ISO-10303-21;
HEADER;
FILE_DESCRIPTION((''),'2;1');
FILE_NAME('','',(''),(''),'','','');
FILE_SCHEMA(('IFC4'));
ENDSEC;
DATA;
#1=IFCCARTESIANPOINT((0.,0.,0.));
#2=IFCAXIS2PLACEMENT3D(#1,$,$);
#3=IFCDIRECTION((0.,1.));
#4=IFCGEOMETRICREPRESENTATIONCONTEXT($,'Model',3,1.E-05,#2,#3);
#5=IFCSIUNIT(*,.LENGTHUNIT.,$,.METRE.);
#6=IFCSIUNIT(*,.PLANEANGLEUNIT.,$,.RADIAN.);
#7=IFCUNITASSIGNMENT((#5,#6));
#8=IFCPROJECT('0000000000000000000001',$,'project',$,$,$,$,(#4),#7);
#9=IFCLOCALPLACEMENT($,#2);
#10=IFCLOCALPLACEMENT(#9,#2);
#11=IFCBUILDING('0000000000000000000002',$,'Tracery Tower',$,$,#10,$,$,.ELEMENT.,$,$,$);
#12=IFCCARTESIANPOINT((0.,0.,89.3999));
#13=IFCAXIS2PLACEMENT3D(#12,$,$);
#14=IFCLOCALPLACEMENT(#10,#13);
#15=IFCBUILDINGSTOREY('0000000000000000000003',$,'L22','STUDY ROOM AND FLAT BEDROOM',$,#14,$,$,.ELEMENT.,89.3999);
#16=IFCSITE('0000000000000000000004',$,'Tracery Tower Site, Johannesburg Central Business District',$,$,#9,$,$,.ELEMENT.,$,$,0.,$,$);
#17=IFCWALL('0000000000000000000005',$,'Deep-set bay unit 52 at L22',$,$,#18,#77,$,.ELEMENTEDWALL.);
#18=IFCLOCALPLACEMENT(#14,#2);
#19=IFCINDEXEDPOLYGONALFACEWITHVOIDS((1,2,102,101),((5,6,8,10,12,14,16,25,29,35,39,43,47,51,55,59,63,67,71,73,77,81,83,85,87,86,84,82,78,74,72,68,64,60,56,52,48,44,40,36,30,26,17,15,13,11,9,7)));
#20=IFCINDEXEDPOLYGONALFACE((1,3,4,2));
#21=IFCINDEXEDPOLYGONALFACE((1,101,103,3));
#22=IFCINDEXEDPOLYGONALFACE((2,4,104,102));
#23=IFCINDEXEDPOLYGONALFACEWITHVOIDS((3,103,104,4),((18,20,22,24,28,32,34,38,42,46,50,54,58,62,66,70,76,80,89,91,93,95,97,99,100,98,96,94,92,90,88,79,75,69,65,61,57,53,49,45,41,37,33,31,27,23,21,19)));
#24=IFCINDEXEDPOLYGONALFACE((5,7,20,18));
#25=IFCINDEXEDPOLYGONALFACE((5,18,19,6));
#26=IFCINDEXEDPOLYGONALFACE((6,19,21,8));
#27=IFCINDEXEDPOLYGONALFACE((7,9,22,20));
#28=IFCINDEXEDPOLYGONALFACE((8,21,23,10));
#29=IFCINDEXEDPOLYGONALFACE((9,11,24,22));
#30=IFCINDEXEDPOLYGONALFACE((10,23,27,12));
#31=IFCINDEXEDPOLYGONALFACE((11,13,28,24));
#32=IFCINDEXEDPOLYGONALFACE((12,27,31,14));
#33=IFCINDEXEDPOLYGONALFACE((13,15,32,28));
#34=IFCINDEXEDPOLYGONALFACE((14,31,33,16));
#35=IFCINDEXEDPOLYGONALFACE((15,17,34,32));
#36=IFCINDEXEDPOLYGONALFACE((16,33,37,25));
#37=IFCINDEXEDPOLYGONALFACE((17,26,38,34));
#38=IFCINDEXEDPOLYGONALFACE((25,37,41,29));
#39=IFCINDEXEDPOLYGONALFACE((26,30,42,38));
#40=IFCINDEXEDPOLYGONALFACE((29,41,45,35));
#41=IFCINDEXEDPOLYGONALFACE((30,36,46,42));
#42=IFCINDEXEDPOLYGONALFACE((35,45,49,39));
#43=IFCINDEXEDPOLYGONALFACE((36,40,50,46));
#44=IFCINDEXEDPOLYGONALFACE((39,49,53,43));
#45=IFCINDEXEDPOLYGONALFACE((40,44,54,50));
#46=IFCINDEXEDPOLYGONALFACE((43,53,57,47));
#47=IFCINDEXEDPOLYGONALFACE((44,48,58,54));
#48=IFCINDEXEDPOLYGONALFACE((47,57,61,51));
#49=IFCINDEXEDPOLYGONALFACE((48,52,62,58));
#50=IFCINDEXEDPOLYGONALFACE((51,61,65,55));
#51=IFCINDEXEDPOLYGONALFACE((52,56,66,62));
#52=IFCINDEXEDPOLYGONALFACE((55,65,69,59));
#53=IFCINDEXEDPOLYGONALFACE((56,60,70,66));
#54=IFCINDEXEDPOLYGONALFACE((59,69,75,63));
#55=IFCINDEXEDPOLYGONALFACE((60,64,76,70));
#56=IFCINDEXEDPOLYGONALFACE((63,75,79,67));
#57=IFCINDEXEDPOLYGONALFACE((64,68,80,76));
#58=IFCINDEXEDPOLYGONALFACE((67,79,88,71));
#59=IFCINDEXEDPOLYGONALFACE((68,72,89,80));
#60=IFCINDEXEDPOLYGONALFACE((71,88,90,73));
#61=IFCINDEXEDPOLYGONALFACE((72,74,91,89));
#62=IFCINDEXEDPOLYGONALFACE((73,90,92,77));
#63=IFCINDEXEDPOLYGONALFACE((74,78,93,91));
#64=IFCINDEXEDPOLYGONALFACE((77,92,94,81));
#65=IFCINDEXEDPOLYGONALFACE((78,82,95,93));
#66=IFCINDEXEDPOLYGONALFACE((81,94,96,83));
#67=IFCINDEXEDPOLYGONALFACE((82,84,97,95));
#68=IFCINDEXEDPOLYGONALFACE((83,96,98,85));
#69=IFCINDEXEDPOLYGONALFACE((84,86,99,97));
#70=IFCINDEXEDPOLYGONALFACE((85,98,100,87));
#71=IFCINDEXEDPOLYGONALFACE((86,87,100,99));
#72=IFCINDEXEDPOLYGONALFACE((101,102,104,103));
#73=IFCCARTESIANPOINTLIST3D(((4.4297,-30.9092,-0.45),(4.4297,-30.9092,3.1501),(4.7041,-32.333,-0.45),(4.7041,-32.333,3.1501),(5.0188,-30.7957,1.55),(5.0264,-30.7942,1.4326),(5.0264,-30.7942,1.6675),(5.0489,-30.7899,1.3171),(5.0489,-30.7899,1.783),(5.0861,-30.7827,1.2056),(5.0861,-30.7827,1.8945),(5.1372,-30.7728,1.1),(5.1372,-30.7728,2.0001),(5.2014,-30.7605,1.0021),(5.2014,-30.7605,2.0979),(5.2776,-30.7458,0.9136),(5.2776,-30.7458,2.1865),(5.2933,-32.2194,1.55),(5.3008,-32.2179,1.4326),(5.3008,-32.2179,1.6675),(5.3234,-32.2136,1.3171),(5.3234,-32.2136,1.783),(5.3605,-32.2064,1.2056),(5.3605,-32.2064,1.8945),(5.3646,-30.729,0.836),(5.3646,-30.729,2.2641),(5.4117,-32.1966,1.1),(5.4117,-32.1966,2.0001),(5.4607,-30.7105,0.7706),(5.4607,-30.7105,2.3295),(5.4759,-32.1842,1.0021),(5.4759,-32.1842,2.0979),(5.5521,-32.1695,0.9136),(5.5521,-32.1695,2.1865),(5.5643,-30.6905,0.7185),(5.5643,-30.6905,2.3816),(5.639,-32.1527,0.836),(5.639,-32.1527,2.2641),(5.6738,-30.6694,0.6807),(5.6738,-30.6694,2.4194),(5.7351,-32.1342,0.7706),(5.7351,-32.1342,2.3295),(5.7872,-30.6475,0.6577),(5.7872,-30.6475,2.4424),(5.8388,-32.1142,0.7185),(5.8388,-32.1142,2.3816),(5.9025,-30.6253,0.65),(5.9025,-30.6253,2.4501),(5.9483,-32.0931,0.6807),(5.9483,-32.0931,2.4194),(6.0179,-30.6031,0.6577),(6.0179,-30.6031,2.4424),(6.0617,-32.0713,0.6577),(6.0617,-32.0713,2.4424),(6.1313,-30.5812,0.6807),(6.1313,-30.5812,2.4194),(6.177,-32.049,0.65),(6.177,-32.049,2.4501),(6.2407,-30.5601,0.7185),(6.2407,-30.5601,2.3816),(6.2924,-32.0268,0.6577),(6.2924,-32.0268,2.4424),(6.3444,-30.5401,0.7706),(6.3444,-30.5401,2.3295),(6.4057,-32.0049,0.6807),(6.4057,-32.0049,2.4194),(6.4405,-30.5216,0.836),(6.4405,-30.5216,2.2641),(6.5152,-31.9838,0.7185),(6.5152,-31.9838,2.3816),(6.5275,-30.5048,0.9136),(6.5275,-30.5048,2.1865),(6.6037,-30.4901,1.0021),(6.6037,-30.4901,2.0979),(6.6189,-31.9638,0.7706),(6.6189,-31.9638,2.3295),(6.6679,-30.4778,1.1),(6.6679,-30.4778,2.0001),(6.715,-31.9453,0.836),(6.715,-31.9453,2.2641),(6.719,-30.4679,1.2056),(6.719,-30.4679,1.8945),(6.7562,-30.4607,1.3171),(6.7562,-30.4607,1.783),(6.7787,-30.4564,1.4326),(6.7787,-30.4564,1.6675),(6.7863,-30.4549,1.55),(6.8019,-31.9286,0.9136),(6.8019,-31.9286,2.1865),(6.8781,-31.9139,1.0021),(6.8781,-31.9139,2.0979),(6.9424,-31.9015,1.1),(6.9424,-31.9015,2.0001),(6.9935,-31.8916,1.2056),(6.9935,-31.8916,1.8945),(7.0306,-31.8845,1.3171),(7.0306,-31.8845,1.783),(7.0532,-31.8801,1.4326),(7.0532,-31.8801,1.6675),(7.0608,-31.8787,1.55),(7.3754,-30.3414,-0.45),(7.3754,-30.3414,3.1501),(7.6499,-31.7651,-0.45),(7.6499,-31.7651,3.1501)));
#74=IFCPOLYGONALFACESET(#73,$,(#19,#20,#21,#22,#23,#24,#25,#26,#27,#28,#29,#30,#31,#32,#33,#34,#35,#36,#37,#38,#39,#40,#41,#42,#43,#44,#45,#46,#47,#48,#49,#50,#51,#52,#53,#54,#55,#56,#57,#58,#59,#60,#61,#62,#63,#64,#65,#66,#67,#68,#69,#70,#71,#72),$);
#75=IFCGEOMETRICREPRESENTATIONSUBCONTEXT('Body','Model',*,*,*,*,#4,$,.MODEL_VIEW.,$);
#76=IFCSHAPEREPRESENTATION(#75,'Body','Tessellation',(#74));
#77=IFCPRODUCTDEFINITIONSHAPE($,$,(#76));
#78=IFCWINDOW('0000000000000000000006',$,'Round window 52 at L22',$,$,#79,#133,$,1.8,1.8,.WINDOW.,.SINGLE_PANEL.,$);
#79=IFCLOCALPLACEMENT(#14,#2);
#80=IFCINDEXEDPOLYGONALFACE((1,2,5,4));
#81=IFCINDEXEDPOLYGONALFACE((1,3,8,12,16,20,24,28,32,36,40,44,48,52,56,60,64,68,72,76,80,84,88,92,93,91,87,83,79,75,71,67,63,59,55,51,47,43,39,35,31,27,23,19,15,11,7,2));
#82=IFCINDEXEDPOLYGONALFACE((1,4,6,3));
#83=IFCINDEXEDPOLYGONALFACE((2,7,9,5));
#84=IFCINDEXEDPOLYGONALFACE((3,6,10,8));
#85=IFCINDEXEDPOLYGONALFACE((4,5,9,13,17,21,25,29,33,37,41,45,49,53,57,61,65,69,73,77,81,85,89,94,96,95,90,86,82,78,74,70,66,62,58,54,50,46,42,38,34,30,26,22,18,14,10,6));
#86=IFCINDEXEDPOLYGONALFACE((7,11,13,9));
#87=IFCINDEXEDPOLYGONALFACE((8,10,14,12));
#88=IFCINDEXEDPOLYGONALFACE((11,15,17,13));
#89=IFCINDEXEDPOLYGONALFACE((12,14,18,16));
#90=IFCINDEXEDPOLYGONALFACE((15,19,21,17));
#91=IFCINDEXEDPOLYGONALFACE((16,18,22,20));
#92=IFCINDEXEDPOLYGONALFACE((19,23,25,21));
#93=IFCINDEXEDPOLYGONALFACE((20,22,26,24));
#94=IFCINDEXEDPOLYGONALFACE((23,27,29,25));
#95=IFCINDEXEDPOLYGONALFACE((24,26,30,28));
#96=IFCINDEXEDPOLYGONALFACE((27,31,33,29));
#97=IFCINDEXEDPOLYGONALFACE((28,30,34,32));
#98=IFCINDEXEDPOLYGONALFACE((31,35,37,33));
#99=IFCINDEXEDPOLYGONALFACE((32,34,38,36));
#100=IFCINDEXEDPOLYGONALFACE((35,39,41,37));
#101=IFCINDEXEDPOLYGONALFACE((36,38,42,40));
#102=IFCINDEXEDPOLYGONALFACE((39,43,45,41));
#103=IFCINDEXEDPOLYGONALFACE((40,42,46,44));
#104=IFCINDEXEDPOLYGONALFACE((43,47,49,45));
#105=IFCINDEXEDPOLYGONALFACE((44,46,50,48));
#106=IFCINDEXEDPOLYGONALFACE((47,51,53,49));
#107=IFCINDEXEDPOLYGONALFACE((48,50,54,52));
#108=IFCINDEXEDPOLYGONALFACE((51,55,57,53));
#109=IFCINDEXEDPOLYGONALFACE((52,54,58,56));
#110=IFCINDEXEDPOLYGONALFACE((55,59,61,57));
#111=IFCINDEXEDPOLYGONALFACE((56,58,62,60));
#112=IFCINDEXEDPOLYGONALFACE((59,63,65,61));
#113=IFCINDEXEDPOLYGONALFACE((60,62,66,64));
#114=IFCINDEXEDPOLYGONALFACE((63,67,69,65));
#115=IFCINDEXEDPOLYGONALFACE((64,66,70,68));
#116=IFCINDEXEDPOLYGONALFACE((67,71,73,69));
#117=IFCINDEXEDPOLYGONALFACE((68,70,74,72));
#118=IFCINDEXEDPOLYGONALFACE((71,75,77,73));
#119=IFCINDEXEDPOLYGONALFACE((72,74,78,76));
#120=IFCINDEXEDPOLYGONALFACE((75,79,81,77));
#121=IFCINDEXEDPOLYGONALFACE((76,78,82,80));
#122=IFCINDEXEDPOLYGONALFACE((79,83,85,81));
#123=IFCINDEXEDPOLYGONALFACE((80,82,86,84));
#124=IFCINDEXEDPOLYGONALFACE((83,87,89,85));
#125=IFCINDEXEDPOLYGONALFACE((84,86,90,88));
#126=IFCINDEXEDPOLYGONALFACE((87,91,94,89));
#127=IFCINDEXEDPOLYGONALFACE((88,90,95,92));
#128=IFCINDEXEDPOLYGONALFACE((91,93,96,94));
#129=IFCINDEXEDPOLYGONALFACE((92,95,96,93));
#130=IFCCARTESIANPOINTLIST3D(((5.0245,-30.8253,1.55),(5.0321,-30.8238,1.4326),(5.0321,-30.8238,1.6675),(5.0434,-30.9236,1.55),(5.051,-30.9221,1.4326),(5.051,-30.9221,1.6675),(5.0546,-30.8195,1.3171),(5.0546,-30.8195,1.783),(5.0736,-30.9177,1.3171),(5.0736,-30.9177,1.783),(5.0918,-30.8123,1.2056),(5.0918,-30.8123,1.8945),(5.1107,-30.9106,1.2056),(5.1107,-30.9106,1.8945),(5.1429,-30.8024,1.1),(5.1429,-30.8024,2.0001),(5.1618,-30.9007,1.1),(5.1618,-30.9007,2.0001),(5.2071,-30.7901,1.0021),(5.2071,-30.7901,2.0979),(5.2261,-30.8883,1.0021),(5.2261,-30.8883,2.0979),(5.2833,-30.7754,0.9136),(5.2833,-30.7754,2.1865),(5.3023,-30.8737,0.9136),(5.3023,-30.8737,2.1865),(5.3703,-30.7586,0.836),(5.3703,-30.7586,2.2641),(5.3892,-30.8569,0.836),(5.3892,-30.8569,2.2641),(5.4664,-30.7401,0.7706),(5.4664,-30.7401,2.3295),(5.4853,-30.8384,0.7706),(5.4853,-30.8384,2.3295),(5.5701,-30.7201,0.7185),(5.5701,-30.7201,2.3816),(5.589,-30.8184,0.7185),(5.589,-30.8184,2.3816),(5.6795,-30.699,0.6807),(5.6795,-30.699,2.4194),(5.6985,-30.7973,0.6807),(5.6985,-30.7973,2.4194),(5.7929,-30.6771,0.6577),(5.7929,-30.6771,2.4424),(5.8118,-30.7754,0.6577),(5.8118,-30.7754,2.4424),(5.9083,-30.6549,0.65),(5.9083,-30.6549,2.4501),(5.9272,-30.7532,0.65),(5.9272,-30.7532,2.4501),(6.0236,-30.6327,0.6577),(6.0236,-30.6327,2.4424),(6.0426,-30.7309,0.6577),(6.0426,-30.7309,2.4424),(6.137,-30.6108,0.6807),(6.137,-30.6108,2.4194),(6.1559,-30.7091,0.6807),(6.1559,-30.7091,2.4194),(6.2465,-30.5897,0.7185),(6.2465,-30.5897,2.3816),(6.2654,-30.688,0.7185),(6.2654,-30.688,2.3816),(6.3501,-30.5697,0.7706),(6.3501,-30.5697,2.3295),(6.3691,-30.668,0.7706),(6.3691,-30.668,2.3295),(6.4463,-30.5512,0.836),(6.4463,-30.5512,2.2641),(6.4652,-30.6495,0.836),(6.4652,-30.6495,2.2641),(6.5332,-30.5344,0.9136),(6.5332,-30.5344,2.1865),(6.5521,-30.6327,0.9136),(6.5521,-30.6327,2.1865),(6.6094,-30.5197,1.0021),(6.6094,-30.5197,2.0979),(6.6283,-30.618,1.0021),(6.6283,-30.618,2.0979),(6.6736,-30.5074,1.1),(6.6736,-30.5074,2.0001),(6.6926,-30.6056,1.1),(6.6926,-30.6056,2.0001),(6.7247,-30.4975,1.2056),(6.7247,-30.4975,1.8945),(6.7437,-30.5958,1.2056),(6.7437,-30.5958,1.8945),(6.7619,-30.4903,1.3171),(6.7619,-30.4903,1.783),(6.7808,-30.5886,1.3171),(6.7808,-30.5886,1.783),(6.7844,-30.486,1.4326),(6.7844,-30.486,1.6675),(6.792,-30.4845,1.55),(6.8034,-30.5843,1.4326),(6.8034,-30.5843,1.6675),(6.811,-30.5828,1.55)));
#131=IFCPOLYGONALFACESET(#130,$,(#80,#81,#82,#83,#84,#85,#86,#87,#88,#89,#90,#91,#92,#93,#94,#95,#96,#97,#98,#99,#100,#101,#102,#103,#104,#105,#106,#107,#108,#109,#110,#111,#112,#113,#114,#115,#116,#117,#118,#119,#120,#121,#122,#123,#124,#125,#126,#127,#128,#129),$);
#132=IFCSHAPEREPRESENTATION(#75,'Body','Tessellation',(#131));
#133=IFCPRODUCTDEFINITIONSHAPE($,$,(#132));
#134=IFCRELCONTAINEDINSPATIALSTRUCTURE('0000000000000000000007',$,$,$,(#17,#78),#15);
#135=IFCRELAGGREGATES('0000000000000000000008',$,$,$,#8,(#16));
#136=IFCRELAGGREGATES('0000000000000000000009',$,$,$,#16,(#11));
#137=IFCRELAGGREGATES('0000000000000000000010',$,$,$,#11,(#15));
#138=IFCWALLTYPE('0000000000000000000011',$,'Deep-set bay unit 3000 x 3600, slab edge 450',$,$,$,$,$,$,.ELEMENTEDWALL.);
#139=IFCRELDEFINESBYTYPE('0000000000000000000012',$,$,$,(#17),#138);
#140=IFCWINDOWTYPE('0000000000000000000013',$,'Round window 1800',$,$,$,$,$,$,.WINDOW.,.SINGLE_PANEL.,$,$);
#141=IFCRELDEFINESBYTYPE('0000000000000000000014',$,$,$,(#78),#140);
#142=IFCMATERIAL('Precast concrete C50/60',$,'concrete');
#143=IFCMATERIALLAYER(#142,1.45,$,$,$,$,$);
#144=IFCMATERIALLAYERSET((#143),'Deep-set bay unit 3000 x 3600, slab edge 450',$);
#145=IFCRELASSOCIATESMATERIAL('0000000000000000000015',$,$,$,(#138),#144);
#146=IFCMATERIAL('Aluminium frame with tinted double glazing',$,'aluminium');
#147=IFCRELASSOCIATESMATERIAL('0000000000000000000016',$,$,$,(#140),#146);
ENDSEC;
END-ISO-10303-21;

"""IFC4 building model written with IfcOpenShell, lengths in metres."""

from ifc_helpers import new_model, si_unit, direction, frame, frame_2d, origin, origin_2d, place, context, subcontext, project, spatial, rectangle, circle, extrude, material, layer, layer_set, type_object, element, fill, save


model = new_model("IFC4")

# Units and contexts
model_context = context("Model", 3, precision=1e-05, world=origin(), true_north=direction((0.0, 1.0)))
body_context = subcontext(model_context, "Body", "Model", "MODEL_VIEW")
ifc_project = project(units=[si_unit("LENGTHUNIT", "METRE"), si_unit("PLANEANGLEUNIT", "RADIAN")], contexts=[model_context])

# Site, building, storey
site_placement = place(None, origin())
site = spatial("IfcSite", under=ifc_project, at=site_placement, Name="Tracery Tower Site, Johannesburg Central Business District", CompositionType="ELEMENT", RefElevation=0.0)
building_placement = place(site_placement, origin())
building = spatial("IfcBuilding", under=site, at=building_placement, Name="Tracery Tower", CompositionType="ELEMENT")
storey_placement = place(building_placement, frame((0.0, 0.0, 89.3999)))
storey = spatial("IfcBuildingStorey", under=building, at=storey_placement, Name="L22", Description="STUDY ROOM AND FLAT BEDROOM", CompositionType="ELEMENT", Elevation=89.3999)

# Wall, opening, window
ifc_material_1 = material(Name="Precast concrete C50/60", Category="concrete")
ifc_layer_1 = layer(ifc_material_1, 1.45)
ifc_layer_set_1 = layer_set([ifc_layer_1], Name="Deep-set bay unit 3000 x 3600, slab edge 450")
wall_type_1 = type_object("IfcWallType", Name="Deep-set bay unit 3000 x 3600, slab edge 450", PredefinedType="ELEMENTEDWALL", material=ifc_layer_set_1)
wall_1_placement = place(storey_placement, frame((4.5669, -31.6211, -0.45), z_axis=(0.0, 0.0, 1.0), x_axis=(0.981922, 0.189288, 0.0)))
wall_1 = element("IfcWall", 1, at=wall_1_placement, inside=storey, type_object=wall_type_1, Name="Deep-set bay unit 52 at L22", PredefinedType="ELEMENTEDWALL", context=body_context, shape_type="SweptSolid", body=[
    extrude(rectangle(XDim=3.0, YDim=1.45, at=frame_2d((1.5, 0.0))), origin(), (0.0, 0.0, 1.0), 3.6001),
])
opening_1_placement = place(wall_1_placement, frame((1.5, 0.0, 2.0)))
opening_1 = element("IfcOpeningElement", 2, at=opening_1_placement, cuts=wall_1, PredefinedType="OPENING", context=body_context, shape_type="SweptSolid", body=[
    extrude(circle(Radius=0.9, at=origin_2d()), frame((0.0, 0.7349, 0.0), z_axis=(0.0, -1.0, 0.0), x_axis=(1.0, 0.0, 0.0)), (0.0, 0.0, 1.0), 1.47),
])
ifc_material_2 = material(Name="Aluminium frame with tinted double glazing", Category="aluminium")
window_type = type_object("IfcWindowType", Name="Round window 1800", PartitioningType="SINGLE_PANEL", PredefinedType="WINDOW", material=ifc_material_2)
window_1_placement = place(opening_1_placement, origin())
window_1 = element("IfcWindow", 3, at=window_1_placement, inside=storey, type_object=window_type, Name="Round window 52 at L22", OverallHeight=1.8, OverallWidth=1.8, PartitioningType="SINGLE_PANEL", PredefinedType="WINDOW", context=body_context, shape_type="SweptSolid", body=[
    extrude(circle(Radius=0.9, at=origin_2d()), frame((0.0, 0.6948, 0.0), z_axis=(0.0, -1.0, 0.0), x_axis=(1.0, 0.0, 0.0)), (0.0, 0.0, 1.0), 0.1001),
])
fill(opening_1, window_1)

save(model, "model.ifc")
